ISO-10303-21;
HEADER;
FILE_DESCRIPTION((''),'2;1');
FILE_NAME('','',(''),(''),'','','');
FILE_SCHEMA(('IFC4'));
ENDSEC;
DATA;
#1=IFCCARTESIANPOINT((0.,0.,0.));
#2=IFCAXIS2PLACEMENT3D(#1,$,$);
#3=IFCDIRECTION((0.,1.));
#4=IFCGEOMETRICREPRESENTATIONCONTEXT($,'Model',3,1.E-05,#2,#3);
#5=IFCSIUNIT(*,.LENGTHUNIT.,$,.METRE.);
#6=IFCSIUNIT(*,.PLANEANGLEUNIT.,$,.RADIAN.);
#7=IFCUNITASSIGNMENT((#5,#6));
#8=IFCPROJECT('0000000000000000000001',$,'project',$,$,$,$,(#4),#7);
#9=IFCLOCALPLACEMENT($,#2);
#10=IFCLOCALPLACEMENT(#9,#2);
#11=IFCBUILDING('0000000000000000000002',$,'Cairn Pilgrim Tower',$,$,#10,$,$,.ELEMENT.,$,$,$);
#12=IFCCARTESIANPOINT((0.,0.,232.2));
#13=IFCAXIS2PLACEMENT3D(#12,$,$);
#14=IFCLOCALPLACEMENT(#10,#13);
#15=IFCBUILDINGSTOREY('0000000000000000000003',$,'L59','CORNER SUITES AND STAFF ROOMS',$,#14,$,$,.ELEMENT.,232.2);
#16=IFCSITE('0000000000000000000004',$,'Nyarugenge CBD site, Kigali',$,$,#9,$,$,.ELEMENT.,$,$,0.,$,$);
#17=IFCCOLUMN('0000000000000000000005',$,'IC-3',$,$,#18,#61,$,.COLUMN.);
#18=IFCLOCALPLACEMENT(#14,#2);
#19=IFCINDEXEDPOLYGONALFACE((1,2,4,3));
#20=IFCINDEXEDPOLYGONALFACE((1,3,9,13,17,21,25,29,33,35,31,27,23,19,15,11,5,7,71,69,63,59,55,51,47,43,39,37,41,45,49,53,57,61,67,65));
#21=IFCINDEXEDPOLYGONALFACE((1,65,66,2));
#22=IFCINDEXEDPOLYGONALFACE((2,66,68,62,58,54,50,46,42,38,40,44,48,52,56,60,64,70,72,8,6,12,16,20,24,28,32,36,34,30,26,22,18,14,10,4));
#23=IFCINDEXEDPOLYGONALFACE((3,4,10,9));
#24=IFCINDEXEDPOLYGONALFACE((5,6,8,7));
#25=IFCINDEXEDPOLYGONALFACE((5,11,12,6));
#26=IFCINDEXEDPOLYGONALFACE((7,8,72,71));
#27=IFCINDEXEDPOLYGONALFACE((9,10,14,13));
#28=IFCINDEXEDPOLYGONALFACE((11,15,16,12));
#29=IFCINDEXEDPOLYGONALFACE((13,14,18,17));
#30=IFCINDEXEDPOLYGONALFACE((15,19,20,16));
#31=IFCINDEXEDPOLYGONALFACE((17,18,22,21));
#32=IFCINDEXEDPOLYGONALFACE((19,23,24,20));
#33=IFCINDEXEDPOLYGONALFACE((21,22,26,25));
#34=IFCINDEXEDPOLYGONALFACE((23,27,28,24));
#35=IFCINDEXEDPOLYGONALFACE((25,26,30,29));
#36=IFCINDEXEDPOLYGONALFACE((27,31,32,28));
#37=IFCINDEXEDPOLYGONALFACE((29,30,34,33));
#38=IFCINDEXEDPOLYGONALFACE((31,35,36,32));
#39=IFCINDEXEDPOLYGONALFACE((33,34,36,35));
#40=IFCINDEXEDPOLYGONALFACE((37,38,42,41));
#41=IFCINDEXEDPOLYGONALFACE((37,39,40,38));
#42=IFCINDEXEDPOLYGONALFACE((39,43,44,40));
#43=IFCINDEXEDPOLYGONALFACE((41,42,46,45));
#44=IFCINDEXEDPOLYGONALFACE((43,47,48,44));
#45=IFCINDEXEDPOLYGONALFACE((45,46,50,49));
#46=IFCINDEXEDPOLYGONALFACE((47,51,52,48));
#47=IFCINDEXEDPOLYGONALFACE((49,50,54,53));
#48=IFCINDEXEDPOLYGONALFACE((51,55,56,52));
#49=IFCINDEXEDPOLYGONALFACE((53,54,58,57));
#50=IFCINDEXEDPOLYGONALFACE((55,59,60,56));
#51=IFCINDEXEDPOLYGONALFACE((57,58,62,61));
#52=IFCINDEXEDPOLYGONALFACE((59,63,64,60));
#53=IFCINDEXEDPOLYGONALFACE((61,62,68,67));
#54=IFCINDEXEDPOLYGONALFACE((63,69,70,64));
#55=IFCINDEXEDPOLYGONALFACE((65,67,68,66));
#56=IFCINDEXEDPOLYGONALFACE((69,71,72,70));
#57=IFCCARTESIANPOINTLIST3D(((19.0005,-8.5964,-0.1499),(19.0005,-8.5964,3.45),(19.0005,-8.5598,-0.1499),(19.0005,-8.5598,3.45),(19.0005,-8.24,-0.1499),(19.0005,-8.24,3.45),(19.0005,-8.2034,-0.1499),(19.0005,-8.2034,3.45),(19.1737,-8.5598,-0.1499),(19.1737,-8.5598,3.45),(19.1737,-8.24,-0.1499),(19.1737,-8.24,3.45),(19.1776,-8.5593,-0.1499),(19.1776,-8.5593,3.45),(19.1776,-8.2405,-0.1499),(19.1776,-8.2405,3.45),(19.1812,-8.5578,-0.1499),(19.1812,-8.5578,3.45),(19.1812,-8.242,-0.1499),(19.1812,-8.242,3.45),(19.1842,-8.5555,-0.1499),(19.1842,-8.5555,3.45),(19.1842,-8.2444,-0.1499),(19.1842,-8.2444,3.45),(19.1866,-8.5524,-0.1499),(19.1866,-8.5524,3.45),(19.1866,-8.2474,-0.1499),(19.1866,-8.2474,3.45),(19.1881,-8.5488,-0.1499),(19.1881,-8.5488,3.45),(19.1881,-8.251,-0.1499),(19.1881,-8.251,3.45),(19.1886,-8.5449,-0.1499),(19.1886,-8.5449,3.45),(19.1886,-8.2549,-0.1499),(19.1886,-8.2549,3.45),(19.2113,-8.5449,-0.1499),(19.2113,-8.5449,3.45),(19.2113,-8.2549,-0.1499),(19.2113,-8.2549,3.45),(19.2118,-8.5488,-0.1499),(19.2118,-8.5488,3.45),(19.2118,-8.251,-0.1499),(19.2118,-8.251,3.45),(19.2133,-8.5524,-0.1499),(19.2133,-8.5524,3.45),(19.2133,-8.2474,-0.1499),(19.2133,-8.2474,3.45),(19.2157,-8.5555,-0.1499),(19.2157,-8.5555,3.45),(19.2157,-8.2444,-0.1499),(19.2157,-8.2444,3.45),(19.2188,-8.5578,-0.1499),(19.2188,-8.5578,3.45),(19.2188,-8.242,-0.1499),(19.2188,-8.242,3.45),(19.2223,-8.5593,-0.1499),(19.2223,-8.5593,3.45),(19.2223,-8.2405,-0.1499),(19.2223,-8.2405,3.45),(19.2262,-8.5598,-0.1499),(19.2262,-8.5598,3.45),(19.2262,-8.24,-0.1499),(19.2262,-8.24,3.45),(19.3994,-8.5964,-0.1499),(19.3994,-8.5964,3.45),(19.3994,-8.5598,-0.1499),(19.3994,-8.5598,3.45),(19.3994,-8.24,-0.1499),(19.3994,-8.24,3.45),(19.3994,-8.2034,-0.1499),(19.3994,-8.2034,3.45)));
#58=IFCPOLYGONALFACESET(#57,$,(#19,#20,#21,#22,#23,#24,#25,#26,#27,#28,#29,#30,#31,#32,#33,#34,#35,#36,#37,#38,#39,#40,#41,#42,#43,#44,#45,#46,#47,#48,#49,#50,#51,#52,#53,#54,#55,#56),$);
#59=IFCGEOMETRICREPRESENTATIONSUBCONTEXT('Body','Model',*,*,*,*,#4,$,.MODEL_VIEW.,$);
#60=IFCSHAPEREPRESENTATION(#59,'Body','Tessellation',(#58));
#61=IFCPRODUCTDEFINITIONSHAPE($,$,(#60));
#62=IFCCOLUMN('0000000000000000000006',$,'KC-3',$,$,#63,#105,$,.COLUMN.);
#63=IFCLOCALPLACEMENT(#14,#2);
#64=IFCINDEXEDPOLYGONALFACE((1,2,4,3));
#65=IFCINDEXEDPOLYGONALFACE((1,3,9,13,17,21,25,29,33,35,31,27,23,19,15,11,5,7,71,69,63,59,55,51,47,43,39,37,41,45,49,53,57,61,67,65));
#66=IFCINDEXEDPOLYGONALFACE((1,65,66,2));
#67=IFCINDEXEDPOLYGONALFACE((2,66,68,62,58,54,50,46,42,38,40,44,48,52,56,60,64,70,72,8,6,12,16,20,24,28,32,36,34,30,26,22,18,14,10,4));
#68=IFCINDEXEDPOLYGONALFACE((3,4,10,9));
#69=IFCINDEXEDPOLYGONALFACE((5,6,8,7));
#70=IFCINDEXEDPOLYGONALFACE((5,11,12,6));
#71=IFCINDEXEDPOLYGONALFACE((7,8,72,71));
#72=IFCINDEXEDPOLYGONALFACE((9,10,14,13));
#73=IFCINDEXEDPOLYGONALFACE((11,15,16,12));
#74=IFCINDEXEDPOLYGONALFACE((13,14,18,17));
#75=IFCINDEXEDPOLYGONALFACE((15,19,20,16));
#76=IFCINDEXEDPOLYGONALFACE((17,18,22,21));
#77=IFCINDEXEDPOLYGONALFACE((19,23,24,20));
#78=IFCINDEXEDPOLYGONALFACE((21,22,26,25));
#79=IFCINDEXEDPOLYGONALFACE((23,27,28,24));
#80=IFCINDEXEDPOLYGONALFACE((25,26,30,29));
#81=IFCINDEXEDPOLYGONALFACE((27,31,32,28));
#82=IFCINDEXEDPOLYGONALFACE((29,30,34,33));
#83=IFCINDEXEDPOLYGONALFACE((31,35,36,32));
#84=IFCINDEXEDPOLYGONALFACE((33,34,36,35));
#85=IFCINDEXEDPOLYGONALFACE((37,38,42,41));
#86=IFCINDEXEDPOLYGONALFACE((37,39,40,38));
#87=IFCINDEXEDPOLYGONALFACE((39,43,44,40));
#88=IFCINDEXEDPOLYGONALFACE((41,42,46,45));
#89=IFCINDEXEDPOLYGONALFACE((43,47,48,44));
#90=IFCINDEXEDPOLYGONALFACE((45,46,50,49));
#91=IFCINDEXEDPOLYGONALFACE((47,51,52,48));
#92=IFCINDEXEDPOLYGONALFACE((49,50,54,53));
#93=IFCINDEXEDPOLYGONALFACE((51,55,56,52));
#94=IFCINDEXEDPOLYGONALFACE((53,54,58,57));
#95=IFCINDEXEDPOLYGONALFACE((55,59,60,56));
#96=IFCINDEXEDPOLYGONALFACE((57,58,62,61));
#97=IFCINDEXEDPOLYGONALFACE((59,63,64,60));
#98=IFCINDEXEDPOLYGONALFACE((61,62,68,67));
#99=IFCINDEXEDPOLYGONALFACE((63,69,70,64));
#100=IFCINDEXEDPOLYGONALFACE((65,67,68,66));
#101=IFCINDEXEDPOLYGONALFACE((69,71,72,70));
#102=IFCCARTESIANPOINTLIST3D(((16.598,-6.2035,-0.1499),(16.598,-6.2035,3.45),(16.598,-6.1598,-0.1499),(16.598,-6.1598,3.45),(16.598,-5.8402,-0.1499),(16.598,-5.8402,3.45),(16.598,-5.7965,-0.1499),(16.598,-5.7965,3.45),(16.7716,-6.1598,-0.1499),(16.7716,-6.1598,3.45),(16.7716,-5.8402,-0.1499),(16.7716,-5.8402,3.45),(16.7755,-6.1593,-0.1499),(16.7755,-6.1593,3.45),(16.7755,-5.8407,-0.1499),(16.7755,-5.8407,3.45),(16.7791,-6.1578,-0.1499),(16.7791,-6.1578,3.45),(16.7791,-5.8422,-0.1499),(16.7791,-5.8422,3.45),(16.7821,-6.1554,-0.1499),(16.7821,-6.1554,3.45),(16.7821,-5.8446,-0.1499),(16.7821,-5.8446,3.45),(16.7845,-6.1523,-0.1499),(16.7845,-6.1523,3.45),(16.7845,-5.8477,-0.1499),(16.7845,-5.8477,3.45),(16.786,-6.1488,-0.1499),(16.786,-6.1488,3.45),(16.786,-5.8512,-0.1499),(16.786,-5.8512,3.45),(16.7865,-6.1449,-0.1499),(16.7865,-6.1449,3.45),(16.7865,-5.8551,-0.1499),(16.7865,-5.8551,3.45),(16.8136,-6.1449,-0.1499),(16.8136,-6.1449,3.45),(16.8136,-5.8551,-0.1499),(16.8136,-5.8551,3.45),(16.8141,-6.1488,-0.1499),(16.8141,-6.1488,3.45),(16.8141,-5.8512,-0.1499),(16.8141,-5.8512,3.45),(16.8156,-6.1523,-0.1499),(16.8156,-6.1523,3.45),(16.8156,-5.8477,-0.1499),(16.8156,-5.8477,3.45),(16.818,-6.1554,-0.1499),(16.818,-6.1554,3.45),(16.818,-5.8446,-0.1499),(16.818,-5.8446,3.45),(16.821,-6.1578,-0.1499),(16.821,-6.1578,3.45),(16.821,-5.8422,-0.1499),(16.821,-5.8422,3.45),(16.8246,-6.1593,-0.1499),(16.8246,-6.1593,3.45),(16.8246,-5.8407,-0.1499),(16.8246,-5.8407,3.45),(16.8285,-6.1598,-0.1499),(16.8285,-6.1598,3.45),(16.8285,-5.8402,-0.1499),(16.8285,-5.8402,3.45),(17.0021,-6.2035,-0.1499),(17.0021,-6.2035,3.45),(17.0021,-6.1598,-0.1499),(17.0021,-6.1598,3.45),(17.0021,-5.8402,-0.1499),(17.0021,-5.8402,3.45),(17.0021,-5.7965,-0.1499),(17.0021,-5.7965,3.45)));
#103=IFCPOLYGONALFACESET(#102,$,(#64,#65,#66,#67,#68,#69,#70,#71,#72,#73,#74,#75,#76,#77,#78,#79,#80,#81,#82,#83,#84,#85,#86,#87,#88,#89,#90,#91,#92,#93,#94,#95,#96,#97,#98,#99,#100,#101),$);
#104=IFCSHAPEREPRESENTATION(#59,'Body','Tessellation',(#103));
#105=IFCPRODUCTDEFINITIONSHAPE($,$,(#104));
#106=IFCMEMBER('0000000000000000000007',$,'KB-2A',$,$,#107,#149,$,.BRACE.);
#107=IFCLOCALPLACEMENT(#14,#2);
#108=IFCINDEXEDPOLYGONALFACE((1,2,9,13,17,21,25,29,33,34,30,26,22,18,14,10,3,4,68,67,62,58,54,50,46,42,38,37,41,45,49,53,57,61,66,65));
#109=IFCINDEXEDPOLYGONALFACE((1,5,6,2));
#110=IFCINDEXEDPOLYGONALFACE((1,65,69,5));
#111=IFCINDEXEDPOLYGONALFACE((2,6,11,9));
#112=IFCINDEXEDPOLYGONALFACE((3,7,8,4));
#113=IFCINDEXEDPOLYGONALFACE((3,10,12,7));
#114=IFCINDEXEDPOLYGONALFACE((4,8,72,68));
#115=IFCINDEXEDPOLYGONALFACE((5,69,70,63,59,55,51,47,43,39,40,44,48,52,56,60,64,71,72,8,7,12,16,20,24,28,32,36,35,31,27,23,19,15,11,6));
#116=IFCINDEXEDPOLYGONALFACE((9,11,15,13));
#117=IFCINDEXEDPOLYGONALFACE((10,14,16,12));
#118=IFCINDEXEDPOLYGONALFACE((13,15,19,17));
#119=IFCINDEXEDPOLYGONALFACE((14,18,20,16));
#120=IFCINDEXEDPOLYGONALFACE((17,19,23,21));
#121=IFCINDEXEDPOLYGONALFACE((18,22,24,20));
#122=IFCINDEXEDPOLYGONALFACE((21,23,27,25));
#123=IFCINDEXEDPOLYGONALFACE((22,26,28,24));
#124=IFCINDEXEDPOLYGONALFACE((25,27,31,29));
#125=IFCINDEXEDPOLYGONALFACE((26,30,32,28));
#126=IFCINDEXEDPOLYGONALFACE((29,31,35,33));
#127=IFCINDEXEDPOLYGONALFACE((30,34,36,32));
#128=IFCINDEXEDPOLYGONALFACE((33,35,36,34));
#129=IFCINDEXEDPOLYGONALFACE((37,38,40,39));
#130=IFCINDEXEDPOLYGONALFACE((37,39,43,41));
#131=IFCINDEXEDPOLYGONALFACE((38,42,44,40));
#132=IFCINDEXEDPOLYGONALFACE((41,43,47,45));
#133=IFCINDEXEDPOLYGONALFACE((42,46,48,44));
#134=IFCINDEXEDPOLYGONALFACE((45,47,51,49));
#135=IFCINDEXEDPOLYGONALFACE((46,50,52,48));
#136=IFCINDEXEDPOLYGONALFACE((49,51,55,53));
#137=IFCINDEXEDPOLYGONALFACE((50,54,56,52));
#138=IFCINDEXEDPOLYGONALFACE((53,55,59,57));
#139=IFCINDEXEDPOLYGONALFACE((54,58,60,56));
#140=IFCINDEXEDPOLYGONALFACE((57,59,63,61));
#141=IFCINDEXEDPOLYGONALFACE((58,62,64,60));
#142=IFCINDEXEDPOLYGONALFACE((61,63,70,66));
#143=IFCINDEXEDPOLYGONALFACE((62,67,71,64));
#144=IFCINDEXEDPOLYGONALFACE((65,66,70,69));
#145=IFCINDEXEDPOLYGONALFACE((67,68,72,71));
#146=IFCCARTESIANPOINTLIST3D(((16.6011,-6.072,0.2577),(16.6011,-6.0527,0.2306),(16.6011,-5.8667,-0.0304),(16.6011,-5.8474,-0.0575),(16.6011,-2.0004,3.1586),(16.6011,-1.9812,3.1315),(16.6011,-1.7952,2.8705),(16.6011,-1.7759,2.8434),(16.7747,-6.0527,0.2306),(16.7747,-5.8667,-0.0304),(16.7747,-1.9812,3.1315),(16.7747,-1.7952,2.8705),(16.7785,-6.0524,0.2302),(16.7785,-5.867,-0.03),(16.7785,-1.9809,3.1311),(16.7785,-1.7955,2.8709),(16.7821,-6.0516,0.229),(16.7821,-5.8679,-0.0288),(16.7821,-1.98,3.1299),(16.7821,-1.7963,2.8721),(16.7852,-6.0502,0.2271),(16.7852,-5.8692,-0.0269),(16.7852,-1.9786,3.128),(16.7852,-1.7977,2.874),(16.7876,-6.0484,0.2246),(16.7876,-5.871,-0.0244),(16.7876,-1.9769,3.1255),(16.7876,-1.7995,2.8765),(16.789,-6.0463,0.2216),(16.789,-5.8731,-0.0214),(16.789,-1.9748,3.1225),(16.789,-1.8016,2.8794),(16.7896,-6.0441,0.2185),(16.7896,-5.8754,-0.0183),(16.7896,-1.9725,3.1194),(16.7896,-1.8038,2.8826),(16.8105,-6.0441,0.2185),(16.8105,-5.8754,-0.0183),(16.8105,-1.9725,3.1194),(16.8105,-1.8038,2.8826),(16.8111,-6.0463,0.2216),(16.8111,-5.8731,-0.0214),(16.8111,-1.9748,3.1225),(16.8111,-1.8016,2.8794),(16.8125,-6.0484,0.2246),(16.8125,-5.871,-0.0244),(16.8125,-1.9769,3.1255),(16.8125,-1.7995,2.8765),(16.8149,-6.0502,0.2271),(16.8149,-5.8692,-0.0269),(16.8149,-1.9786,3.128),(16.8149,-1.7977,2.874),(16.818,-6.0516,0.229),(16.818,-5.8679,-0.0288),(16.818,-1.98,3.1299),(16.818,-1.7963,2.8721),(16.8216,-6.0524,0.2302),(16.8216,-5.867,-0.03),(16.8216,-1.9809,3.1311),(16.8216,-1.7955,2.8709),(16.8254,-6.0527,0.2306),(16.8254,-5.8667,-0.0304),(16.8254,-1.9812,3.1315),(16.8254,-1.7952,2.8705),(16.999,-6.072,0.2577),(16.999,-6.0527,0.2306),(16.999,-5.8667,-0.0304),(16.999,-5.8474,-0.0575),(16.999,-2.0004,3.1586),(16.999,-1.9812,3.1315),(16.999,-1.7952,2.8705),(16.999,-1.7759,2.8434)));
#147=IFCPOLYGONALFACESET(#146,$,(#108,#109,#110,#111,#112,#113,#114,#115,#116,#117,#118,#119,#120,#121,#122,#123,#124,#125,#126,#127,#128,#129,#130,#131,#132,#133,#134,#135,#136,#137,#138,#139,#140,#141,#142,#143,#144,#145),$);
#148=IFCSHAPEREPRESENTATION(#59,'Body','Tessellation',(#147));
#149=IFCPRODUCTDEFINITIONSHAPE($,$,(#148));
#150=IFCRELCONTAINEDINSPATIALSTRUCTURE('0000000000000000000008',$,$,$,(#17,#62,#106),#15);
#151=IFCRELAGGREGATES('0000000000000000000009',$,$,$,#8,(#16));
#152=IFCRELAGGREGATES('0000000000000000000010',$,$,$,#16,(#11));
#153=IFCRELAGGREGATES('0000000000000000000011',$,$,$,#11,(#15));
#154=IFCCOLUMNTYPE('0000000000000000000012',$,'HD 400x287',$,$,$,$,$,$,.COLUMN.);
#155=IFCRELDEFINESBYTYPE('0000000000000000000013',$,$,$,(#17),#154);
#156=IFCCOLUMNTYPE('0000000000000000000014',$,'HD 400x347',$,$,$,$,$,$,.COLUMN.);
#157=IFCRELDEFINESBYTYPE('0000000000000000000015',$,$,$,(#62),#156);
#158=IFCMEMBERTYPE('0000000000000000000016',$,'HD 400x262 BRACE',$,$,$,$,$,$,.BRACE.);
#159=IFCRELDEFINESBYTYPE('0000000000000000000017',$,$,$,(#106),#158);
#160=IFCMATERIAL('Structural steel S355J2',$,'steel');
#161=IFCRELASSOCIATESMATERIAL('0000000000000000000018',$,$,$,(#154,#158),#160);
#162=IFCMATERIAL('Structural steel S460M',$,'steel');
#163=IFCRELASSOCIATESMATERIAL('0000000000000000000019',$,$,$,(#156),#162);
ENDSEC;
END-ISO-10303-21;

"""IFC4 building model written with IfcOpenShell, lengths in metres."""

from ifc_helpers import new_model, si_unit, direction, frame, origin, origin_2d, place, context, subcontext, project, spatial, i_section, extrude, material, material_profile, profile_set, type_object, element, save


model = new_model("IFC4")

# Units and contexts
model_context = context("Model", 3, precision=1e-05, world=origin(), true_north=direction((0.0, 1.0)))
body_context = subcontext(model_context, "Body", "Model", "MODEL_VIEW")
ifc_project = project(units=[si_unit("LENGTHUNIT", "METRE"), si_unit("PLANEANGLEUNIT", "RADIAN")], contexts=[model_context])

# Site, building, storey
site_placement = place(None, origin())
site = spatial("IfcSite", under=ifc_project, at=site_placement, Name="Nyarugenge CBD site, Kigali", CompositionType="ELEMENT", RefElevation=0.0)
building_placement = place(site_placement, origin())
building = spatial("IfcBuilding", under=site, at=building_placement, Name="Cairn Pilgrim Tower", CompositionType="ELEMENT")
storey_placement = place(building_placement, frame((0.0, 0.0, 232.2)))
storey = spatial("IfcBuildingStorey", under=building, at=storey_placement, Name="L59", Description="CORNER SUITES AND STAFF ROOMS", CompositionType="ELEMENT", Elevation=232.2)

# Columns
ifc_material_1 = material(Name="Structural steel S355J2", Category="steel")
ifc_material_profile_1 = material_profile(ifc_material_1, i_section(OverallWidth=0.3989, OverallDepth=0.3931, WebThickness=0.0227, FlangeThickness=0.0366, FilletRadius=0.0149, at=origin_2d()), Name="HD 400x287")
ifc_profile_set_1 = profile_set([ifc_material_profile_1], Name="Structural steel S355J2")
column_type_1 = type_object("IfcColumnType", Name="HD 400x287", PredefinedType="COLUMN", material=ifc_profile_set_1)
column_1_placement = place(storey_placement, frame((19.2, -8.3999, -0.1499), z_axis=(0.0, 0.0, 1.0), x_axis=(1.0, 0.0, 0.0)))
element("IfcColumn", 1, at=column_1_placement, inside=storey, type_object=column_type_1, Name="IC-3", PredefinedType="COLUMN", context=body_context, shape_type="SweptSolid", body=[
    extrude(i_section(OverallWidth=0.3989, OverallDepth=0.3931, WebThickness=0.0227, FlangeThickness=0.0366, FilletRadius=0.0149, at=origin_2d()), origin(), (0.0, 0.0, 1.0), 3.5999),
])
ifc_material_2 = material(Name="Structural steel S460M", Category="steel")
ifc_material_profile_2 = material_profile(ifc_material_2, i_section(OverallWidth=0.4041, OverallDepth=0.407, WebThickness=0.0271, FlangeThickness=0.0437, FilletRadius=0.0149, at=origin_2d()), Name="HD 400x347")
ifc_profile_set_2 = profile_set([ifc_material_profile_2], Name="Structural steel S460M")
column_type_2 = type_object("IfcColumnType", Name="HD 400x347", PredefinedType="COLUMN", material=ifc_profile_set_2)
column_2_placement = place(storey_placement, frame((16.8, -6.0, -0.1499), z_axis=(0.0, 0.0, 1.0), x_axis=(1.0, 0.0, 0.0)))
element("IfcColumn", 2, at=column_2_placement, inside=storey, type_object=column_type_2, Name="KC-3", PredefinedType="COLUMN", context=body_context, shape_type="SweptSolid", body=[
    extrude(i_section(OverallWidth=0.4041, OverallDepth=0.407, WebThickness=0.0271, FlangeThickness=0.0437, FilletRadius=0.0149, at=origin_2d()), origin(), (0.0, 0.0, 1.0), 3.5999),
])

# Member
ifc_material_profile_3 = material_profile(ifc_material_1, i_section(OverallWidth=0.3979, OverallDepth=0.387, WebThickness=0.021, FlangeThickness=0.0332, FilletRadius=0.0149, at=origin_2d()), Name="HD 400x262")
ifc_profile_set_3 = profile_set([ifc_material_profile_3], Name="Structural steel S355J2")
member_type = type_object("IfcMemberType", Name="HD 400x262 BRACE", PredefinedType="BRACE", material=ifc_profile_set_3)
member_placement = place(storey_placement, frame((16.8, -5.9597, 0.1001), z_axis=(0.0, 0.814429, 0.580263), x_axis=(-1.0, 0.0, 0.0)))
element("IfcMember", 3, at=member_placement, inside=storey, type_object=member_type, Name="KB-2A", PredefinedType="BRACE", context=body_context, shape_type="SweptSolid", body=[
    extrude(i_section(OverallWidth=0.3979, OverallDepth=0.387, WebThickness=0.021, FlangeThickness=0.0332, FilletRadius=0.0149, at=origin_2d()), origin(), (0.0, 0.0, 1.0), 4.9993),
])

save(model, "model.ifc")
